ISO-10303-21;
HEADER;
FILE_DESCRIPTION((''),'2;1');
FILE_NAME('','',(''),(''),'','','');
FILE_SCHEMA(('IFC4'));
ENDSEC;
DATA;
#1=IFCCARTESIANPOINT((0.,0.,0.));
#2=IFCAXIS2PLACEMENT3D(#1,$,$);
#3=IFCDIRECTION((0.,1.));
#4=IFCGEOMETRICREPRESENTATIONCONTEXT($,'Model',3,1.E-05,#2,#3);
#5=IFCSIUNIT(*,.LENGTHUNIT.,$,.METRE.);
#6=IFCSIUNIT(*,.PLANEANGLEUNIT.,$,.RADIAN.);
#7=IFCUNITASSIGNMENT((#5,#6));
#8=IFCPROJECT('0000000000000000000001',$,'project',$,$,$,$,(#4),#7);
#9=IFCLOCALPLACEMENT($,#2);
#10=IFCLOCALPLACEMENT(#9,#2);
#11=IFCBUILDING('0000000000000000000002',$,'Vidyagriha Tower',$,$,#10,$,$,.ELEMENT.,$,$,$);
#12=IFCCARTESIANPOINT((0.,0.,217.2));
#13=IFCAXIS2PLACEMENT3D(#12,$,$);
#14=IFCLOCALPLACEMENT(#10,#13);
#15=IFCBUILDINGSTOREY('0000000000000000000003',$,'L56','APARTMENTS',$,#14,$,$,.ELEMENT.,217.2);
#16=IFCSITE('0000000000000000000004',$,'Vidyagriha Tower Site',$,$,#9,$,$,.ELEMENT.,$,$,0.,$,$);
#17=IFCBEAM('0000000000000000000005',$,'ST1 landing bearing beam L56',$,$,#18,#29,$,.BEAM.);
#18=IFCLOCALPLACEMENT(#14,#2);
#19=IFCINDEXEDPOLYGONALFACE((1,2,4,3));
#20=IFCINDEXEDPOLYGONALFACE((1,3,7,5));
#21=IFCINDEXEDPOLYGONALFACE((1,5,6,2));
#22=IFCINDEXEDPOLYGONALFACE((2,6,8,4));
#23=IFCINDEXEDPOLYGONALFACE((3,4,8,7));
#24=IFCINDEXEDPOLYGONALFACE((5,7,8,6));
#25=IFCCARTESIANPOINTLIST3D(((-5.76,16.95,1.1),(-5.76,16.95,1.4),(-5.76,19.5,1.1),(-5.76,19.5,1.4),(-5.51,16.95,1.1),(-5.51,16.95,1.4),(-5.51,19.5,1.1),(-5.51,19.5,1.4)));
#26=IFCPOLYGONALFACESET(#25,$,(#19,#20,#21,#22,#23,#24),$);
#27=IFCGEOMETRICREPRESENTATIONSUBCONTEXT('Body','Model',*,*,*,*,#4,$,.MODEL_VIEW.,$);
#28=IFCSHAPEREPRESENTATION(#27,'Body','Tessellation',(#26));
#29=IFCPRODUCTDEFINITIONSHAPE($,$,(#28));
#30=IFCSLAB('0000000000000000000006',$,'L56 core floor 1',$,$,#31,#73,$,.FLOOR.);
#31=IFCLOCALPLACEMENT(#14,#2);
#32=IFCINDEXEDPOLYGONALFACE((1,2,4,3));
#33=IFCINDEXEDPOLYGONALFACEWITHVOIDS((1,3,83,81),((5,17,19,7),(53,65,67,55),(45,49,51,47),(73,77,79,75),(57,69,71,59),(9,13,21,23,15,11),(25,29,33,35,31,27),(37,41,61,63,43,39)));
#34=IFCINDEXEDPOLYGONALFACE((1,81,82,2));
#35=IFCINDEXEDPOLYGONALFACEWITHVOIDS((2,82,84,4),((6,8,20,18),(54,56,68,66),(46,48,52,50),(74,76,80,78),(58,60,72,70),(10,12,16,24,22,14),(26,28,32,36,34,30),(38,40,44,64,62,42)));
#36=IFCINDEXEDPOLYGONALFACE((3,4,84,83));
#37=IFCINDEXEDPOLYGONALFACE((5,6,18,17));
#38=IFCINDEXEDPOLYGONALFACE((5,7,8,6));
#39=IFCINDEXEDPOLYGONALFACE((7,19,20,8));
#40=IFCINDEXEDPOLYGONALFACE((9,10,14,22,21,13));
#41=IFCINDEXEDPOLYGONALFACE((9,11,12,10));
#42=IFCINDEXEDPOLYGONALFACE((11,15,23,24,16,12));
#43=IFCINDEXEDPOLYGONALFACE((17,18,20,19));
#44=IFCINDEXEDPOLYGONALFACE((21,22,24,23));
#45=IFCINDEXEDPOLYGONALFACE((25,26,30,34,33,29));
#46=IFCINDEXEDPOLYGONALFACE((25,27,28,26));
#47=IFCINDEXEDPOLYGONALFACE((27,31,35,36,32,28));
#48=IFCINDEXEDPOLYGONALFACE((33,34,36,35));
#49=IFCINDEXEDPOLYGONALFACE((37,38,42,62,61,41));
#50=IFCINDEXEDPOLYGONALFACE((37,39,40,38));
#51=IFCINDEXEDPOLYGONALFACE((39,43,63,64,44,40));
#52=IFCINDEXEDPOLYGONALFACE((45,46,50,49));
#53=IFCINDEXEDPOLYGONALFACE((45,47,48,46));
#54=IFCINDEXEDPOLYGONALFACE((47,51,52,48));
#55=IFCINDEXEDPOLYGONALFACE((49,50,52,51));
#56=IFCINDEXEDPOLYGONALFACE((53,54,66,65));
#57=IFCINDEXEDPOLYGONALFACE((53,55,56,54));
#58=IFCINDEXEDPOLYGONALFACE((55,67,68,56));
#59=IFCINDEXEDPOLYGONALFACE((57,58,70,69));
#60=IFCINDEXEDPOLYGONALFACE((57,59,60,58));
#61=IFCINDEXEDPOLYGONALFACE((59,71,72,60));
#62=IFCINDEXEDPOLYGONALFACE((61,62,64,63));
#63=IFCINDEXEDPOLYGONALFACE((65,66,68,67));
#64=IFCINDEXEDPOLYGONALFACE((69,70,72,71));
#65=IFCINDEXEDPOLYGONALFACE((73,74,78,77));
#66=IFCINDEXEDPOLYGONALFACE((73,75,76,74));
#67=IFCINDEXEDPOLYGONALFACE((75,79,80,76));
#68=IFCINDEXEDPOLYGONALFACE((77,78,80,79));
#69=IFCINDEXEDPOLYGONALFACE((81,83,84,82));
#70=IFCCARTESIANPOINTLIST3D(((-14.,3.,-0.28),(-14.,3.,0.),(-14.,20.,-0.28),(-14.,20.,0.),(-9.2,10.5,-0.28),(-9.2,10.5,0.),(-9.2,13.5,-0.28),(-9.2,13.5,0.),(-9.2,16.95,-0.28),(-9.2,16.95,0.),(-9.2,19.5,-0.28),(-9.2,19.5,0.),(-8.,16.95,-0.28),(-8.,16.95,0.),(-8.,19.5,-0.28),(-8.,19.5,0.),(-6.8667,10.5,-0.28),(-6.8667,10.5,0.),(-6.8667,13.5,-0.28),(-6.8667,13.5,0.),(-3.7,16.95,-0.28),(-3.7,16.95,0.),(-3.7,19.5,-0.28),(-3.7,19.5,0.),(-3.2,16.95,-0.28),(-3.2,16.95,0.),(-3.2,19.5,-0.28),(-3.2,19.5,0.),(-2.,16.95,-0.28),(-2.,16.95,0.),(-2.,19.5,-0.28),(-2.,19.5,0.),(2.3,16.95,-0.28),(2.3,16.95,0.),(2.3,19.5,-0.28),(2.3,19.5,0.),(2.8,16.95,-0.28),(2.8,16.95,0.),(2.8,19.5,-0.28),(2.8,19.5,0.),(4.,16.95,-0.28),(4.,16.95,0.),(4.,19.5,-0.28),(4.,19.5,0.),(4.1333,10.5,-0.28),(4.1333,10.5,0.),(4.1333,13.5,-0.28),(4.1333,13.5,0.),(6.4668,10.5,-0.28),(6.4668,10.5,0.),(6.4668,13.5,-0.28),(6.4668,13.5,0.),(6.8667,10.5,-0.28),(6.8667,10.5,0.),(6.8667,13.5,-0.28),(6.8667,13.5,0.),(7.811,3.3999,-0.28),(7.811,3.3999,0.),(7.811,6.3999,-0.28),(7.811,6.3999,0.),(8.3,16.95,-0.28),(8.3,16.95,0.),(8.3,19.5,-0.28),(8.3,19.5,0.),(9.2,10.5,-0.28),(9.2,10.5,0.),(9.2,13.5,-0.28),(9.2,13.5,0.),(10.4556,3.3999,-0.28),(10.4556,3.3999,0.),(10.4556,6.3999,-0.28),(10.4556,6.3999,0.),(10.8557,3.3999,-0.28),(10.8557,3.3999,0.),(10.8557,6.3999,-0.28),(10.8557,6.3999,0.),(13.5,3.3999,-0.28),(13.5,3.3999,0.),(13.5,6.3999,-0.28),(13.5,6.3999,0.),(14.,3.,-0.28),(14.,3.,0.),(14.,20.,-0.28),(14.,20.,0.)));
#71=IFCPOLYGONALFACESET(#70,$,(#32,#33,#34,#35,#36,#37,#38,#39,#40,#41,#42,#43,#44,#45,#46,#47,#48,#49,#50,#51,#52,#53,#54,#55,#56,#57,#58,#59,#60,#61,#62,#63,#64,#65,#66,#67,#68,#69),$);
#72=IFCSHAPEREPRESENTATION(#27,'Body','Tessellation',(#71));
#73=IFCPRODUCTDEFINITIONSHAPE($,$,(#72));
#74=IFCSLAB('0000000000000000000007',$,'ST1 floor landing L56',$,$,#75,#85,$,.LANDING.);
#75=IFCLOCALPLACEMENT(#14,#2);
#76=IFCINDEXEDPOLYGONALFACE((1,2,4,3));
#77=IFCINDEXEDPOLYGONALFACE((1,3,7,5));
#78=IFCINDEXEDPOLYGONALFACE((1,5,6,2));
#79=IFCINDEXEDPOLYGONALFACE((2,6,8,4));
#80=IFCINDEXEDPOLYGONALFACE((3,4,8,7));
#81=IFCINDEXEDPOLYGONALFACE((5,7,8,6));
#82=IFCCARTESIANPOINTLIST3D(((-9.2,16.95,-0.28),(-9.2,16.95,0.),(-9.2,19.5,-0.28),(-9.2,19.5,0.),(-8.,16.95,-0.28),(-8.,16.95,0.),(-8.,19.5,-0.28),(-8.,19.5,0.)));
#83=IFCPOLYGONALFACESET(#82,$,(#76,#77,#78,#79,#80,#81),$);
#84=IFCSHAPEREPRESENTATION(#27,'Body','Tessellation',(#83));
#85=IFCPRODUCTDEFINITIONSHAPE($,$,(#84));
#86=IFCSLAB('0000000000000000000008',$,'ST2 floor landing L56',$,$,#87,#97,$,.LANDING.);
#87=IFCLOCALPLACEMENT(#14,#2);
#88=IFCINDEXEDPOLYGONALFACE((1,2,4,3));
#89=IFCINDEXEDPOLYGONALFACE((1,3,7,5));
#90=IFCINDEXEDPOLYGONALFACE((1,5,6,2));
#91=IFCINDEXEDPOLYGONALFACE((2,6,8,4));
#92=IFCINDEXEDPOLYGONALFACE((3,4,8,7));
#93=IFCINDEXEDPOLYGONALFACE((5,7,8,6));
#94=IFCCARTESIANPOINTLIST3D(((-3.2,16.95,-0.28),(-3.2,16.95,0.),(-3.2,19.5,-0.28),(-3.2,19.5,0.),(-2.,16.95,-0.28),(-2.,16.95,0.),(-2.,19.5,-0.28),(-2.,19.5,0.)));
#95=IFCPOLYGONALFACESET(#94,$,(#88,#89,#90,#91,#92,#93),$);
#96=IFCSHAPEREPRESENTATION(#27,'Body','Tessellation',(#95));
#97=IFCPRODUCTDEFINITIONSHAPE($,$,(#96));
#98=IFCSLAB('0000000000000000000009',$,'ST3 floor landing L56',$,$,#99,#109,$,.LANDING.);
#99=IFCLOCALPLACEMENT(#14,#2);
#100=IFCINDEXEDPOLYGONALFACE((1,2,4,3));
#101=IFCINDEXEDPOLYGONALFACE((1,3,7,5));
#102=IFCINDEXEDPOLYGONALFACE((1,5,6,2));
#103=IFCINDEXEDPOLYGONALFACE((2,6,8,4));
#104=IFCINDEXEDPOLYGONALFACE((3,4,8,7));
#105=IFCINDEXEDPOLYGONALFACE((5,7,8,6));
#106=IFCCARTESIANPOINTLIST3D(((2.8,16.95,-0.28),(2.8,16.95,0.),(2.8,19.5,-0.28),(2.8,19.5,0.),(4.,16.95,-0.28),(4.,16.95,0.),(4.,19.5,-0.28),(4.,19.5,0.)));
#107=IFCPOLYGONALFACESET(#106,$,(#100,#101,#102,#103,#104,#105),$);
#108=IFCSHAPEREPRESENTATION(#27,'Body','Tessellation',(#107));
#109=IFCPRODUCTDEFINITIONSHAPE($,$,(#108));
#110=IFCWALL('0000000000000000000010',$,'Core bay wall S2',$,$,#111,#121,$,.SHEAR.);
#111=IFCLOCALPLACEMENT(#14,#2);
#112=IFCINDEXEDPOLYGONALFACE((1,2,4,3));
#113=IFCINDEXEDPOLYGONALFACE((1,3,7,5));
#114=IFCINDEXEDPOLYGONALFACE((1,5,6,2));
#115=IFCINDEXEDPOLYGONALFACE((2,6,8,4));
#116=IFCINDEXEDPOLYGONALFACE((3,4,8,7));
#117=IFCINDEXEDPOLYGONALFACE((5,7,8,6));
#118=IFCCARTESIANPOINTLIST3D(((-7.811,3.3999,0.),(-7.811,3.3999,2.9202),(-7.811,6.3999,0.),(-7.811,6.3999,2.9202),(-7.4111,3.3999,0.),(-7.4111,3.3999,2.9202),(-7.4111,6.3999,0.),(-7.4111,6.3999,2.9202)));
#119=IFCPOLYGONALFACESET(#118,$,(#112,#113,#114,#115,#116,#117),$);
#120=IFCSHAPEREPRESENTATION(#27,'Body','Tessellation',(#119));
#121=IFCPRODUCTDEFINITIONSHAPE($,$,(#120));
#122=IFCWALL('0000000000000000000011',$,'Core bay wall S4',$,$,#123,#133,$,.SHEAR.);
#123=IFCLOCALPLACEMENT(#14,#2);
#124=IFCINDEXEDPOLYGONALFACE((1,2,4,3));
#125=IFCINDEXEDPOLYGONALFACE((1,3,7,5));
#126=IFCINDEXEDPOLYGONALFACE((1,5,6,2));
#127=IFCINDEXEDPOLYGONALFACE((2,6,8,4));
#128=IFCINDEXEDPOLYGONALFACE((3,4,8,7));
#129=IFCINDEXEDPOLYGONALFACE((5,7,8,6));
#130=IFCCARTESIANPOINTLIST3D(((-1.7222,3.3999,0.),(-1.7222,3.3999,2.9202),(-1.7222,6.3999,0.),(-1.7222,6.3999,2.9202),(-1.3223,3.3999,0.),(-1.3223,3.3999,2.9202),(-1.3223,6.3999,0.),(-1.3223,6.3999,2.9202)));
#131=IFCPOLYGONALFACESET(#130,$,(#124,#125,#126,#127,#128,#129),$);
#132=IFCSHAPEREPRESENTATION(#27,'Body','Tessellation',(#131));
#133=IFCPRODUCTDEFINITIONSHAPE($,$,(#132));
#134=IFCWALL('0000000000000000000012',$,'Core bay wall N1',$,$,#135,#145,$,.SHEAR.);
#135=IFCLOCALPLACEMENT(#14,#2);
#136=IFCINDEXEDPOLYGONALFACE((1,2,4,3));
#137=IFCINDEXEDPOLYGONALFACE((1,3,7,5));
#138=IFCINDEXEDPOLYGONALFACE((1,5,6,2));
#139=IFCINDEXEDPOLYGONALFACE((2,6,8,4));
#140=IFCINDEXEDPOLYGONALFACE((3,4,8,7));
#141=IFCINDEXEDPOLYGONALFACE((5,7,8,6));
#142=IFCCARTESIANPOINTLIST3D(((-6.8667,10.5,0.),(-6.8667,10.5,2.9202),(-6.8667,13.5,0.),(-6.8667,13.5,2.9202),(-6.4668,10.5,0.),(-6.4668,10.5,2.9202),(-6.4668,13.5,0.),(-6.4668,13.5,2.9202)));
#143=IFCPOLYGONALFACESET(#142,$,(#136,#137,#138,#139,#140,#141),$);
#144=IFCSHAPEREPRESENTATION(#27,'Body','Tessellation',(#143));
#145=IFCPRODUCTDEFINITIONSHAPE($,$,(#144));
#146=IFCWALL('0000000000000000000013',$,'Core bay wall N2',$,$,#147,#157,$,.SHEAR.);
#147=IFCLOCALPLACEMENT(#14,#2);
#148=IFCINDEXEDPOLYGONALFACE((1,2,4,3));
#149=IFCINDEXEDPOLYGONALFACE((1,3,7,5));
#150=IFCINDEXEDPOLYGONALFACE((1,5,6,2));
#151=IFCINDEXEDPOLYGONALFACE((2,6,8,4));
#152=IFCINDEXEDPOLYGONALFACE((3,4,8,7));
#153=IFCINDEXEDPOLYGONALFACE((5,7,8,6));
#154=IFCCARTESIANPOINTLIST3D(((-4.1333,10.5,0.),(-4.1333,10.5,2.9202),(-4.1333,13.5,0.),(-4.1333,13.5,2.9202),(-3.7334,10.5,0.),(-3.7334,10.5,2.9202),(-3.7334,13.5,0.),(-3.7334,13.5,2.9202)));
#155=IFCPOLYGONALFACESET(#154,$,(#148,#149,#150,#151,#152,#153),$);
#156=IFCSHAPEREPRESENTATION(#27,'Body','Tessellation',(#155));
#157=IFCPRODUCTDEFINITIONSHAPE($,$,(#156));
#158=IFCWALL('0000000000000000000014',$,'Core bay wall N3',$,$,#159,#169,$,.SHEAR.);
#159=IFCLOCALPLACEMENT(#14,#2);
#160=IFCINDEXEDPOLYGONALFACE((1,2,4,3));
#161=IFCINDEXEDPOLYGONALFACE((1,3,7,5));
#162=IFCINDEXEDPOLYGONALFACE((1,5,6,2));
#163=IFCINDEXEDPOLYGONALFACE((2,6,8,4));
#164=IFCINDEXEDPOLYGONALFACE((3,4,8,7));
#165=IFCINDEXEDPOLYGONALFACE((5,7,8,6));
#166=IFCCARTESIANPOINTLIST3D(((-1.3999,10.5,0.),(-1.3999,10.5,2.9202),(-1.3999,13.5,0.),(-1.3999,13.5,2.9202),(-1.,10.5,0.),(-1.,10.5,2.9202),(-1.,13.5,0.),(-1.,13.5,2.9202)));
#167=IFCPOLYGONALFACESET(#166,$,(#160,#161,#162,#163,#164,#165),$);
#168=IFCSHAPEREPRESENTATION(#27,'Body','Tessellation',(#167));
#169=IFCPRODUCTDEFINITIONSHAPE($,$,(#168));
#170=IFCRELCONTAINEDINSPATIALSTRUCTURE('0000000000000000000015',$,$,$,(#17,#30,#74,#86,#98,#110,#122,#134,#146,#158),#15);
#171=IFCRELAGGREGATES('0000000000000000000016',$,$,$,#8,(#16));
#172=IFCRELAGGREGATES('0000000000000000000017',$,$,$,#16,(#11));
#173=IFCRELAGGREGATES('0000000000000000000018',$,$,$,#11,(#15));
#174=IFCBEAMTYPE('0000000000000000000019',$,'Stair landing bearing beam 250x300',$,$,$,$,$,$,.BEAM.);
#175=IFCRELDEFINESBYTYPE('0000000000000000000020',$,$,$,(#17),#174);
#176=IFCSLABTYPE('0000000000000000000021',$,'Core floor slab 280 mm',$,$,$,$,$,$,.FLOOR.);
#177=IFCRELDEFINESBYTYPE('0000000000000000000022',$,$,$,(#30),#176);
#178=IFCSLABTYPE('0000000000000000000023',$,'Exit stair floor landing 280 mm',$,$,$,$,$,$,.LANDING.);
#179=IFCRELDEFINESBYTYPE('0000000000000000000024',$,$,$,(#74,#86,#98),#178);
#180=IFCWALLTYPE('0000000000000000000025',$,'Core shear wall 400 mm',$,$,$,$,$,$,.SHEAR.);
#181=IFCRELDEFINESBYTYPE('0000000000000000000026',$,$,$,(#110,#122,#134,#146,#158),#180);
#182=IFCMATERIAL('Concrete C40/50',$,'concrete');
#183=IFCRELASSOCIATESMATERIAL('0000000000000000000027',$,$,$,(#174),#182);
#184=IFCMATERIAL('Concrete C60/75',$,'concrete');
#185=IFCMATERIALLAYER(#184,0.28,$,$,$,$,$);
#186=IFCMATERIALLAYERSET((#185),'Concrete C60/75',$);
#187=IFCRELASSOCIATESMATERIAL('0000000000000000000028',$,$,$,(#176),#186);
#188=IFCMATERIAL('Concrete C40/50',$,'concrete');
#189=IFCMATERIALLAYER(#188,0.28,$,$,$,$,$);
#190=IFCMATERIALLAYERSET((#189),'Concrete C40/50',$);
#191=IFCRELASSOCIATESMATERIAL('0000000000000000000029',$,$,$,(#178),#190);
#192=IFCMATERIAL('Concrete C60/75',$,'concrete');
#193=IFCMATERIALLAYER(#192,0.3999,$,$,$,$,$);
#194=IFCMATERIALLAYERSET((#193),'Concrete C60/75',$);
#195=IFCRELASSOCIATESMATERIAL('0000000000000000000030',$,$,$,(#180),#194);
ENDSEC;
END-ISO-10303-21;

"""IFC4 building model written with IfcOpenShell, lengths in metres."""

from ifc_helpers import new_model, si_unit, direction, frame, frame_2d, origin, origin_2d, place, context, subcontext, project, spatial, polyline, rectangle, outline, extrude, material, layer, layer_set, material_profile, profile_set, type_object, element, save


model = new_model("IFC4")

# Units and contexts
model_context = context("Model", 3, precision=1e-05, world=origin(), true_north=direction((0.0, 1.0)))
body_context = subcontext(model_context, "Body", "Model", "MODEL_VIEW")
ifc_project = project(units=[si_unit("LENGTHUNIT", "METRE"), si_unit("PLANEANGLEUNIT", "RADIAN")], contexts=[model_context])

# Site, building, storey
site_placement = place(None, origin())
site = spatial("IfcSite", under=ifc_project, at=site_placement, Name="Vidyagriha Tower Site", CompositionType="ELEMENT", RefElevation=0.0)
building_placement = place(site_placement, origin())
building = spatial("IfcBuilding", under=site, at=building_placement, Name="Vidyagriha Tower", CompositionType="ELEMENT")
storey_placement = place(building_placement, frame((0.0, 0.0, 217.2)))
storey = spatial("IfcBuildingStorey", under=building, at=storey_placement, Name="L56", Description="APARTMENTS", CompositionType="ELEMENT", Elevation=217.2)

# Beam
ifc_material_1 = material(Name="Concrete C40/50", Category="concrete")
ifc_material_profile = material_profile(ifc_material_1, rectangle(XDim=0.25, YDim=0.3, at=origin_2d()), Name="Stair landing bearing beam 250x300")
ifc_profile_set = profile_set([ifc_material_profile], Name="Concrete C40/50")
beam_type = type_object("IfcBeamType", Name="Stair landing bearing beam 250x300", PredefinedType="BEAM", material=ifc_profile_set)
beam_placement = place(storey_placement, frame((-5.635, 16.95, 1.25), z_axis=(0.0, 1.0, 0.0), x_axis=(-1.0, 0.0, 0.0)))
element("IfcBeam", 1, at=beam_placement, inside=storey, type_object=beam_type, Name="ST1 landing bearing beam L56", PredefinedType="BEAM", context=body_context, shape_type="SweptSolid", body=[
    extrude(rectangle(XDim=0.25, YDim=0.3, at=origin_2d()), origin(), (0.0, 0.0, 1.0), 2.55),
])

# Slabs
ifc_material_2 = material(Name="Concrete C60/75", Category="concrete")
ifc_layer_1 = layer(ifc_material_2, 0.28)
ifc_layer_set_1 = layer_set([ifc_layer_1], Name="Concrete C60/75")
slab_type_1 = type_object("IfcSlabType", Name="Core floor slab 280 mm", PredefinedType="FLOOR", material=ifc_layer_set_1)
slab_1_placement = place(storey_placement, frame((0.0, 0.0, -0.28)))
element("IfcSlab", 2, at=slab_1_placement, inside=storey, type_object=slab_type_1, Name="L56 core floor 1", PredefinedType="FLOOR", context=body_context, shape_type="SweptSolid", body=[
    extrude(outline(polyline([(-14.0, 3.0), (-14.0, 20.0), (14.0, 20.0), (14.0, 3.0), (-14.0, 3.0)]), holes=[polyline([(13.5, 6.3999), (10.8557, 6.3999), (10.8557, 3.3999), (13.5, 3.3999), (13.5, 6.3999)]), polyline([(10.4556, 6.3999), (7.811, 6.3999), (7.811, 3.3999), (10.4556, 3.3999), (10.4556, 6.3999)]), polyline([(9.2, 13.5), (6.8667, 13.5), (6.8667, 10.5), (9.2, 10.5), (9.2, 13.5)]), polyline([(2.8, 19.5), (2.8, 16.95), (4.0, 16.95), (8.3, 16.95), (8.3, 19.5), (4.0, 19.5), (2.8, 19.5)]), polyline([(4.1333, 13.5), (4.1333, 10.5), (6.4668, 10.5), (6.4668, 13.5), (4.1333, 13.5)]), polyline([(-2.0, 19.5), (-3.2, 19.5), (-3.2, 16.95), (-2.0, 16.95), (2.3, 16.95), (2.3, 19.5), (-2.0, 19.5)]), polyline([(-9.2, 19.5), (-9.2, 16.95), (-8.0, 16.95), (-3.7, 16.95), (-3.7, 19.5), (-8.0, 19.5), (-9.2, 19.5)]), polyline([(-9.2, 13.5), (-9.2, 10.5), (-6.8667, 10.5), (-6.8667, 13.5), (-9.2, 13.5)])]), origin(), (0.0, 0.0, 1.0), 0.28),
])
ifc_material_3 = material(Name="Concrete C40/50", Category="concrete")
ifc_layer_2 = layer(ifc_material_3, 0.28)
ifc_layer_set_2 = layer_set([ifc_layer_2], Name="Concrete C40/50")
slab_type_2 = type_object("IfcSlabType", Name="Exit stair floor landing 280 mm", PredefinedType="LANDING", material=ifc_layer_set_2)
slab_2_placement = place(storey_placement, frame((0.0, 0.0, -0.28)))
element("IfcSlab", 3, at=slab_2_placement, inside=storey, type_object=slab_type_2, Name="ST1 floor landing L56", PredefinedType="LANDING", context=body_context, shape_type="SweptSolid", body=[
    extrude(outline(polyline([(-9.2, 16.95), (-8.0, 16.95), (-8.0, 19.5), (-9.2, 19.5), (-9.2, 16.95)])), origin(), (0.0, 0.0, 1.0), 0.28),
])
slab_3_placement = place(storey_placement, frame((0.0, 0.0, -0.28)))
element("IfcSlab", 4, at=slab_3_placement, inside=storey, type_object=slab_type_2, Name="ST2 floor landing L56", PredefinedType="LANDING", context=body_context, shape_type="SweptSolid", body=[
    extrude(outline(polyline([(-3.2, 16.95), (-2.0, 16.95), (-2.0, 19.5), (-3.2, 19.5), (-3.2, 16.95)])), origin(), (0.0, 0.0, 1.0), 0.28),
])
slab_4_placement = place(storey_placement, frame((0.0, 0.0, -0.28)))
element("IfcSlab", 5, at=slab_4_placement, inside=storey, type_object=slab_type_2, Name="ST3 floor landing L56", PredefinedType="LANDING", context=body_context, shape_type="SweptSolid", body=[
    extrude(outline(polyline([(2.8, 16.95), (4.0, 16.95), (4.0, 19.5), (2.8, 19.5), (2.8, 16.95)])), origin(), (0.0, 0.0, 1.0), 0.28),
])

# Walls
ifc_material_4 = material(Name="Concrete C60/75", Category="concrete")
ifc_layer_3 = layer(ifc_material_4, 0.3999)
ifc_layer_set_3 = layer_set([ifc_layer_3], Name="Concrete C60/75")
wall_type = type_object("IfcWallType", Name="Core shear wall 400 mm", PredefinedType="SHEAR", material=ifc_layer_set_3)
for number, where, z_axis, x_axis, name in (
    (6, (-7.6111, 3.3999, 0.0), (0.0, 0.0, 1.0), (0.0, 1.0, 0.0), "Core bay wall S2"),
    (7, (-1.5222, 3.3999, 0.0), (0.0, 0.0, 1.0), (0.0, 1.0, 0.0), "Core bay wall S4"),
    (8, (-6.6667, 10.5, 0.0), (0.0, 0.0, 1.0), (0.0, 1.0, 0.0), "Core bay wall N1"),
    (9, (-3.9333, 10.5, 0.0), (0.0, 0.0, 1.0), (0.0, 1.0, 0.0), "Core bay wall N2"),
    (10, (-1.2, 10.5, 0.0), (0.0, 0.0, 1.0), (0.0, 1.0, 0.0), "Core bay wall N3"),
):
    element("IfcWall", number, at=place(storey_placement, frame(where, z_axis=z_axis, x_axis=x_axis)), inside=storey, type_object=wall_type, Name=name, PredefinedType="SHEAR", context=body_context, shape_type="SweptSolid", body=[
        extrude(rectangle(XDim=3.0, YDim=0.3999, at=frame_2d((1.5, 0.0))), origin(), (0.0, 0.0, 1.0), 2.9202),
    ])

save(model, "model.ifc")
